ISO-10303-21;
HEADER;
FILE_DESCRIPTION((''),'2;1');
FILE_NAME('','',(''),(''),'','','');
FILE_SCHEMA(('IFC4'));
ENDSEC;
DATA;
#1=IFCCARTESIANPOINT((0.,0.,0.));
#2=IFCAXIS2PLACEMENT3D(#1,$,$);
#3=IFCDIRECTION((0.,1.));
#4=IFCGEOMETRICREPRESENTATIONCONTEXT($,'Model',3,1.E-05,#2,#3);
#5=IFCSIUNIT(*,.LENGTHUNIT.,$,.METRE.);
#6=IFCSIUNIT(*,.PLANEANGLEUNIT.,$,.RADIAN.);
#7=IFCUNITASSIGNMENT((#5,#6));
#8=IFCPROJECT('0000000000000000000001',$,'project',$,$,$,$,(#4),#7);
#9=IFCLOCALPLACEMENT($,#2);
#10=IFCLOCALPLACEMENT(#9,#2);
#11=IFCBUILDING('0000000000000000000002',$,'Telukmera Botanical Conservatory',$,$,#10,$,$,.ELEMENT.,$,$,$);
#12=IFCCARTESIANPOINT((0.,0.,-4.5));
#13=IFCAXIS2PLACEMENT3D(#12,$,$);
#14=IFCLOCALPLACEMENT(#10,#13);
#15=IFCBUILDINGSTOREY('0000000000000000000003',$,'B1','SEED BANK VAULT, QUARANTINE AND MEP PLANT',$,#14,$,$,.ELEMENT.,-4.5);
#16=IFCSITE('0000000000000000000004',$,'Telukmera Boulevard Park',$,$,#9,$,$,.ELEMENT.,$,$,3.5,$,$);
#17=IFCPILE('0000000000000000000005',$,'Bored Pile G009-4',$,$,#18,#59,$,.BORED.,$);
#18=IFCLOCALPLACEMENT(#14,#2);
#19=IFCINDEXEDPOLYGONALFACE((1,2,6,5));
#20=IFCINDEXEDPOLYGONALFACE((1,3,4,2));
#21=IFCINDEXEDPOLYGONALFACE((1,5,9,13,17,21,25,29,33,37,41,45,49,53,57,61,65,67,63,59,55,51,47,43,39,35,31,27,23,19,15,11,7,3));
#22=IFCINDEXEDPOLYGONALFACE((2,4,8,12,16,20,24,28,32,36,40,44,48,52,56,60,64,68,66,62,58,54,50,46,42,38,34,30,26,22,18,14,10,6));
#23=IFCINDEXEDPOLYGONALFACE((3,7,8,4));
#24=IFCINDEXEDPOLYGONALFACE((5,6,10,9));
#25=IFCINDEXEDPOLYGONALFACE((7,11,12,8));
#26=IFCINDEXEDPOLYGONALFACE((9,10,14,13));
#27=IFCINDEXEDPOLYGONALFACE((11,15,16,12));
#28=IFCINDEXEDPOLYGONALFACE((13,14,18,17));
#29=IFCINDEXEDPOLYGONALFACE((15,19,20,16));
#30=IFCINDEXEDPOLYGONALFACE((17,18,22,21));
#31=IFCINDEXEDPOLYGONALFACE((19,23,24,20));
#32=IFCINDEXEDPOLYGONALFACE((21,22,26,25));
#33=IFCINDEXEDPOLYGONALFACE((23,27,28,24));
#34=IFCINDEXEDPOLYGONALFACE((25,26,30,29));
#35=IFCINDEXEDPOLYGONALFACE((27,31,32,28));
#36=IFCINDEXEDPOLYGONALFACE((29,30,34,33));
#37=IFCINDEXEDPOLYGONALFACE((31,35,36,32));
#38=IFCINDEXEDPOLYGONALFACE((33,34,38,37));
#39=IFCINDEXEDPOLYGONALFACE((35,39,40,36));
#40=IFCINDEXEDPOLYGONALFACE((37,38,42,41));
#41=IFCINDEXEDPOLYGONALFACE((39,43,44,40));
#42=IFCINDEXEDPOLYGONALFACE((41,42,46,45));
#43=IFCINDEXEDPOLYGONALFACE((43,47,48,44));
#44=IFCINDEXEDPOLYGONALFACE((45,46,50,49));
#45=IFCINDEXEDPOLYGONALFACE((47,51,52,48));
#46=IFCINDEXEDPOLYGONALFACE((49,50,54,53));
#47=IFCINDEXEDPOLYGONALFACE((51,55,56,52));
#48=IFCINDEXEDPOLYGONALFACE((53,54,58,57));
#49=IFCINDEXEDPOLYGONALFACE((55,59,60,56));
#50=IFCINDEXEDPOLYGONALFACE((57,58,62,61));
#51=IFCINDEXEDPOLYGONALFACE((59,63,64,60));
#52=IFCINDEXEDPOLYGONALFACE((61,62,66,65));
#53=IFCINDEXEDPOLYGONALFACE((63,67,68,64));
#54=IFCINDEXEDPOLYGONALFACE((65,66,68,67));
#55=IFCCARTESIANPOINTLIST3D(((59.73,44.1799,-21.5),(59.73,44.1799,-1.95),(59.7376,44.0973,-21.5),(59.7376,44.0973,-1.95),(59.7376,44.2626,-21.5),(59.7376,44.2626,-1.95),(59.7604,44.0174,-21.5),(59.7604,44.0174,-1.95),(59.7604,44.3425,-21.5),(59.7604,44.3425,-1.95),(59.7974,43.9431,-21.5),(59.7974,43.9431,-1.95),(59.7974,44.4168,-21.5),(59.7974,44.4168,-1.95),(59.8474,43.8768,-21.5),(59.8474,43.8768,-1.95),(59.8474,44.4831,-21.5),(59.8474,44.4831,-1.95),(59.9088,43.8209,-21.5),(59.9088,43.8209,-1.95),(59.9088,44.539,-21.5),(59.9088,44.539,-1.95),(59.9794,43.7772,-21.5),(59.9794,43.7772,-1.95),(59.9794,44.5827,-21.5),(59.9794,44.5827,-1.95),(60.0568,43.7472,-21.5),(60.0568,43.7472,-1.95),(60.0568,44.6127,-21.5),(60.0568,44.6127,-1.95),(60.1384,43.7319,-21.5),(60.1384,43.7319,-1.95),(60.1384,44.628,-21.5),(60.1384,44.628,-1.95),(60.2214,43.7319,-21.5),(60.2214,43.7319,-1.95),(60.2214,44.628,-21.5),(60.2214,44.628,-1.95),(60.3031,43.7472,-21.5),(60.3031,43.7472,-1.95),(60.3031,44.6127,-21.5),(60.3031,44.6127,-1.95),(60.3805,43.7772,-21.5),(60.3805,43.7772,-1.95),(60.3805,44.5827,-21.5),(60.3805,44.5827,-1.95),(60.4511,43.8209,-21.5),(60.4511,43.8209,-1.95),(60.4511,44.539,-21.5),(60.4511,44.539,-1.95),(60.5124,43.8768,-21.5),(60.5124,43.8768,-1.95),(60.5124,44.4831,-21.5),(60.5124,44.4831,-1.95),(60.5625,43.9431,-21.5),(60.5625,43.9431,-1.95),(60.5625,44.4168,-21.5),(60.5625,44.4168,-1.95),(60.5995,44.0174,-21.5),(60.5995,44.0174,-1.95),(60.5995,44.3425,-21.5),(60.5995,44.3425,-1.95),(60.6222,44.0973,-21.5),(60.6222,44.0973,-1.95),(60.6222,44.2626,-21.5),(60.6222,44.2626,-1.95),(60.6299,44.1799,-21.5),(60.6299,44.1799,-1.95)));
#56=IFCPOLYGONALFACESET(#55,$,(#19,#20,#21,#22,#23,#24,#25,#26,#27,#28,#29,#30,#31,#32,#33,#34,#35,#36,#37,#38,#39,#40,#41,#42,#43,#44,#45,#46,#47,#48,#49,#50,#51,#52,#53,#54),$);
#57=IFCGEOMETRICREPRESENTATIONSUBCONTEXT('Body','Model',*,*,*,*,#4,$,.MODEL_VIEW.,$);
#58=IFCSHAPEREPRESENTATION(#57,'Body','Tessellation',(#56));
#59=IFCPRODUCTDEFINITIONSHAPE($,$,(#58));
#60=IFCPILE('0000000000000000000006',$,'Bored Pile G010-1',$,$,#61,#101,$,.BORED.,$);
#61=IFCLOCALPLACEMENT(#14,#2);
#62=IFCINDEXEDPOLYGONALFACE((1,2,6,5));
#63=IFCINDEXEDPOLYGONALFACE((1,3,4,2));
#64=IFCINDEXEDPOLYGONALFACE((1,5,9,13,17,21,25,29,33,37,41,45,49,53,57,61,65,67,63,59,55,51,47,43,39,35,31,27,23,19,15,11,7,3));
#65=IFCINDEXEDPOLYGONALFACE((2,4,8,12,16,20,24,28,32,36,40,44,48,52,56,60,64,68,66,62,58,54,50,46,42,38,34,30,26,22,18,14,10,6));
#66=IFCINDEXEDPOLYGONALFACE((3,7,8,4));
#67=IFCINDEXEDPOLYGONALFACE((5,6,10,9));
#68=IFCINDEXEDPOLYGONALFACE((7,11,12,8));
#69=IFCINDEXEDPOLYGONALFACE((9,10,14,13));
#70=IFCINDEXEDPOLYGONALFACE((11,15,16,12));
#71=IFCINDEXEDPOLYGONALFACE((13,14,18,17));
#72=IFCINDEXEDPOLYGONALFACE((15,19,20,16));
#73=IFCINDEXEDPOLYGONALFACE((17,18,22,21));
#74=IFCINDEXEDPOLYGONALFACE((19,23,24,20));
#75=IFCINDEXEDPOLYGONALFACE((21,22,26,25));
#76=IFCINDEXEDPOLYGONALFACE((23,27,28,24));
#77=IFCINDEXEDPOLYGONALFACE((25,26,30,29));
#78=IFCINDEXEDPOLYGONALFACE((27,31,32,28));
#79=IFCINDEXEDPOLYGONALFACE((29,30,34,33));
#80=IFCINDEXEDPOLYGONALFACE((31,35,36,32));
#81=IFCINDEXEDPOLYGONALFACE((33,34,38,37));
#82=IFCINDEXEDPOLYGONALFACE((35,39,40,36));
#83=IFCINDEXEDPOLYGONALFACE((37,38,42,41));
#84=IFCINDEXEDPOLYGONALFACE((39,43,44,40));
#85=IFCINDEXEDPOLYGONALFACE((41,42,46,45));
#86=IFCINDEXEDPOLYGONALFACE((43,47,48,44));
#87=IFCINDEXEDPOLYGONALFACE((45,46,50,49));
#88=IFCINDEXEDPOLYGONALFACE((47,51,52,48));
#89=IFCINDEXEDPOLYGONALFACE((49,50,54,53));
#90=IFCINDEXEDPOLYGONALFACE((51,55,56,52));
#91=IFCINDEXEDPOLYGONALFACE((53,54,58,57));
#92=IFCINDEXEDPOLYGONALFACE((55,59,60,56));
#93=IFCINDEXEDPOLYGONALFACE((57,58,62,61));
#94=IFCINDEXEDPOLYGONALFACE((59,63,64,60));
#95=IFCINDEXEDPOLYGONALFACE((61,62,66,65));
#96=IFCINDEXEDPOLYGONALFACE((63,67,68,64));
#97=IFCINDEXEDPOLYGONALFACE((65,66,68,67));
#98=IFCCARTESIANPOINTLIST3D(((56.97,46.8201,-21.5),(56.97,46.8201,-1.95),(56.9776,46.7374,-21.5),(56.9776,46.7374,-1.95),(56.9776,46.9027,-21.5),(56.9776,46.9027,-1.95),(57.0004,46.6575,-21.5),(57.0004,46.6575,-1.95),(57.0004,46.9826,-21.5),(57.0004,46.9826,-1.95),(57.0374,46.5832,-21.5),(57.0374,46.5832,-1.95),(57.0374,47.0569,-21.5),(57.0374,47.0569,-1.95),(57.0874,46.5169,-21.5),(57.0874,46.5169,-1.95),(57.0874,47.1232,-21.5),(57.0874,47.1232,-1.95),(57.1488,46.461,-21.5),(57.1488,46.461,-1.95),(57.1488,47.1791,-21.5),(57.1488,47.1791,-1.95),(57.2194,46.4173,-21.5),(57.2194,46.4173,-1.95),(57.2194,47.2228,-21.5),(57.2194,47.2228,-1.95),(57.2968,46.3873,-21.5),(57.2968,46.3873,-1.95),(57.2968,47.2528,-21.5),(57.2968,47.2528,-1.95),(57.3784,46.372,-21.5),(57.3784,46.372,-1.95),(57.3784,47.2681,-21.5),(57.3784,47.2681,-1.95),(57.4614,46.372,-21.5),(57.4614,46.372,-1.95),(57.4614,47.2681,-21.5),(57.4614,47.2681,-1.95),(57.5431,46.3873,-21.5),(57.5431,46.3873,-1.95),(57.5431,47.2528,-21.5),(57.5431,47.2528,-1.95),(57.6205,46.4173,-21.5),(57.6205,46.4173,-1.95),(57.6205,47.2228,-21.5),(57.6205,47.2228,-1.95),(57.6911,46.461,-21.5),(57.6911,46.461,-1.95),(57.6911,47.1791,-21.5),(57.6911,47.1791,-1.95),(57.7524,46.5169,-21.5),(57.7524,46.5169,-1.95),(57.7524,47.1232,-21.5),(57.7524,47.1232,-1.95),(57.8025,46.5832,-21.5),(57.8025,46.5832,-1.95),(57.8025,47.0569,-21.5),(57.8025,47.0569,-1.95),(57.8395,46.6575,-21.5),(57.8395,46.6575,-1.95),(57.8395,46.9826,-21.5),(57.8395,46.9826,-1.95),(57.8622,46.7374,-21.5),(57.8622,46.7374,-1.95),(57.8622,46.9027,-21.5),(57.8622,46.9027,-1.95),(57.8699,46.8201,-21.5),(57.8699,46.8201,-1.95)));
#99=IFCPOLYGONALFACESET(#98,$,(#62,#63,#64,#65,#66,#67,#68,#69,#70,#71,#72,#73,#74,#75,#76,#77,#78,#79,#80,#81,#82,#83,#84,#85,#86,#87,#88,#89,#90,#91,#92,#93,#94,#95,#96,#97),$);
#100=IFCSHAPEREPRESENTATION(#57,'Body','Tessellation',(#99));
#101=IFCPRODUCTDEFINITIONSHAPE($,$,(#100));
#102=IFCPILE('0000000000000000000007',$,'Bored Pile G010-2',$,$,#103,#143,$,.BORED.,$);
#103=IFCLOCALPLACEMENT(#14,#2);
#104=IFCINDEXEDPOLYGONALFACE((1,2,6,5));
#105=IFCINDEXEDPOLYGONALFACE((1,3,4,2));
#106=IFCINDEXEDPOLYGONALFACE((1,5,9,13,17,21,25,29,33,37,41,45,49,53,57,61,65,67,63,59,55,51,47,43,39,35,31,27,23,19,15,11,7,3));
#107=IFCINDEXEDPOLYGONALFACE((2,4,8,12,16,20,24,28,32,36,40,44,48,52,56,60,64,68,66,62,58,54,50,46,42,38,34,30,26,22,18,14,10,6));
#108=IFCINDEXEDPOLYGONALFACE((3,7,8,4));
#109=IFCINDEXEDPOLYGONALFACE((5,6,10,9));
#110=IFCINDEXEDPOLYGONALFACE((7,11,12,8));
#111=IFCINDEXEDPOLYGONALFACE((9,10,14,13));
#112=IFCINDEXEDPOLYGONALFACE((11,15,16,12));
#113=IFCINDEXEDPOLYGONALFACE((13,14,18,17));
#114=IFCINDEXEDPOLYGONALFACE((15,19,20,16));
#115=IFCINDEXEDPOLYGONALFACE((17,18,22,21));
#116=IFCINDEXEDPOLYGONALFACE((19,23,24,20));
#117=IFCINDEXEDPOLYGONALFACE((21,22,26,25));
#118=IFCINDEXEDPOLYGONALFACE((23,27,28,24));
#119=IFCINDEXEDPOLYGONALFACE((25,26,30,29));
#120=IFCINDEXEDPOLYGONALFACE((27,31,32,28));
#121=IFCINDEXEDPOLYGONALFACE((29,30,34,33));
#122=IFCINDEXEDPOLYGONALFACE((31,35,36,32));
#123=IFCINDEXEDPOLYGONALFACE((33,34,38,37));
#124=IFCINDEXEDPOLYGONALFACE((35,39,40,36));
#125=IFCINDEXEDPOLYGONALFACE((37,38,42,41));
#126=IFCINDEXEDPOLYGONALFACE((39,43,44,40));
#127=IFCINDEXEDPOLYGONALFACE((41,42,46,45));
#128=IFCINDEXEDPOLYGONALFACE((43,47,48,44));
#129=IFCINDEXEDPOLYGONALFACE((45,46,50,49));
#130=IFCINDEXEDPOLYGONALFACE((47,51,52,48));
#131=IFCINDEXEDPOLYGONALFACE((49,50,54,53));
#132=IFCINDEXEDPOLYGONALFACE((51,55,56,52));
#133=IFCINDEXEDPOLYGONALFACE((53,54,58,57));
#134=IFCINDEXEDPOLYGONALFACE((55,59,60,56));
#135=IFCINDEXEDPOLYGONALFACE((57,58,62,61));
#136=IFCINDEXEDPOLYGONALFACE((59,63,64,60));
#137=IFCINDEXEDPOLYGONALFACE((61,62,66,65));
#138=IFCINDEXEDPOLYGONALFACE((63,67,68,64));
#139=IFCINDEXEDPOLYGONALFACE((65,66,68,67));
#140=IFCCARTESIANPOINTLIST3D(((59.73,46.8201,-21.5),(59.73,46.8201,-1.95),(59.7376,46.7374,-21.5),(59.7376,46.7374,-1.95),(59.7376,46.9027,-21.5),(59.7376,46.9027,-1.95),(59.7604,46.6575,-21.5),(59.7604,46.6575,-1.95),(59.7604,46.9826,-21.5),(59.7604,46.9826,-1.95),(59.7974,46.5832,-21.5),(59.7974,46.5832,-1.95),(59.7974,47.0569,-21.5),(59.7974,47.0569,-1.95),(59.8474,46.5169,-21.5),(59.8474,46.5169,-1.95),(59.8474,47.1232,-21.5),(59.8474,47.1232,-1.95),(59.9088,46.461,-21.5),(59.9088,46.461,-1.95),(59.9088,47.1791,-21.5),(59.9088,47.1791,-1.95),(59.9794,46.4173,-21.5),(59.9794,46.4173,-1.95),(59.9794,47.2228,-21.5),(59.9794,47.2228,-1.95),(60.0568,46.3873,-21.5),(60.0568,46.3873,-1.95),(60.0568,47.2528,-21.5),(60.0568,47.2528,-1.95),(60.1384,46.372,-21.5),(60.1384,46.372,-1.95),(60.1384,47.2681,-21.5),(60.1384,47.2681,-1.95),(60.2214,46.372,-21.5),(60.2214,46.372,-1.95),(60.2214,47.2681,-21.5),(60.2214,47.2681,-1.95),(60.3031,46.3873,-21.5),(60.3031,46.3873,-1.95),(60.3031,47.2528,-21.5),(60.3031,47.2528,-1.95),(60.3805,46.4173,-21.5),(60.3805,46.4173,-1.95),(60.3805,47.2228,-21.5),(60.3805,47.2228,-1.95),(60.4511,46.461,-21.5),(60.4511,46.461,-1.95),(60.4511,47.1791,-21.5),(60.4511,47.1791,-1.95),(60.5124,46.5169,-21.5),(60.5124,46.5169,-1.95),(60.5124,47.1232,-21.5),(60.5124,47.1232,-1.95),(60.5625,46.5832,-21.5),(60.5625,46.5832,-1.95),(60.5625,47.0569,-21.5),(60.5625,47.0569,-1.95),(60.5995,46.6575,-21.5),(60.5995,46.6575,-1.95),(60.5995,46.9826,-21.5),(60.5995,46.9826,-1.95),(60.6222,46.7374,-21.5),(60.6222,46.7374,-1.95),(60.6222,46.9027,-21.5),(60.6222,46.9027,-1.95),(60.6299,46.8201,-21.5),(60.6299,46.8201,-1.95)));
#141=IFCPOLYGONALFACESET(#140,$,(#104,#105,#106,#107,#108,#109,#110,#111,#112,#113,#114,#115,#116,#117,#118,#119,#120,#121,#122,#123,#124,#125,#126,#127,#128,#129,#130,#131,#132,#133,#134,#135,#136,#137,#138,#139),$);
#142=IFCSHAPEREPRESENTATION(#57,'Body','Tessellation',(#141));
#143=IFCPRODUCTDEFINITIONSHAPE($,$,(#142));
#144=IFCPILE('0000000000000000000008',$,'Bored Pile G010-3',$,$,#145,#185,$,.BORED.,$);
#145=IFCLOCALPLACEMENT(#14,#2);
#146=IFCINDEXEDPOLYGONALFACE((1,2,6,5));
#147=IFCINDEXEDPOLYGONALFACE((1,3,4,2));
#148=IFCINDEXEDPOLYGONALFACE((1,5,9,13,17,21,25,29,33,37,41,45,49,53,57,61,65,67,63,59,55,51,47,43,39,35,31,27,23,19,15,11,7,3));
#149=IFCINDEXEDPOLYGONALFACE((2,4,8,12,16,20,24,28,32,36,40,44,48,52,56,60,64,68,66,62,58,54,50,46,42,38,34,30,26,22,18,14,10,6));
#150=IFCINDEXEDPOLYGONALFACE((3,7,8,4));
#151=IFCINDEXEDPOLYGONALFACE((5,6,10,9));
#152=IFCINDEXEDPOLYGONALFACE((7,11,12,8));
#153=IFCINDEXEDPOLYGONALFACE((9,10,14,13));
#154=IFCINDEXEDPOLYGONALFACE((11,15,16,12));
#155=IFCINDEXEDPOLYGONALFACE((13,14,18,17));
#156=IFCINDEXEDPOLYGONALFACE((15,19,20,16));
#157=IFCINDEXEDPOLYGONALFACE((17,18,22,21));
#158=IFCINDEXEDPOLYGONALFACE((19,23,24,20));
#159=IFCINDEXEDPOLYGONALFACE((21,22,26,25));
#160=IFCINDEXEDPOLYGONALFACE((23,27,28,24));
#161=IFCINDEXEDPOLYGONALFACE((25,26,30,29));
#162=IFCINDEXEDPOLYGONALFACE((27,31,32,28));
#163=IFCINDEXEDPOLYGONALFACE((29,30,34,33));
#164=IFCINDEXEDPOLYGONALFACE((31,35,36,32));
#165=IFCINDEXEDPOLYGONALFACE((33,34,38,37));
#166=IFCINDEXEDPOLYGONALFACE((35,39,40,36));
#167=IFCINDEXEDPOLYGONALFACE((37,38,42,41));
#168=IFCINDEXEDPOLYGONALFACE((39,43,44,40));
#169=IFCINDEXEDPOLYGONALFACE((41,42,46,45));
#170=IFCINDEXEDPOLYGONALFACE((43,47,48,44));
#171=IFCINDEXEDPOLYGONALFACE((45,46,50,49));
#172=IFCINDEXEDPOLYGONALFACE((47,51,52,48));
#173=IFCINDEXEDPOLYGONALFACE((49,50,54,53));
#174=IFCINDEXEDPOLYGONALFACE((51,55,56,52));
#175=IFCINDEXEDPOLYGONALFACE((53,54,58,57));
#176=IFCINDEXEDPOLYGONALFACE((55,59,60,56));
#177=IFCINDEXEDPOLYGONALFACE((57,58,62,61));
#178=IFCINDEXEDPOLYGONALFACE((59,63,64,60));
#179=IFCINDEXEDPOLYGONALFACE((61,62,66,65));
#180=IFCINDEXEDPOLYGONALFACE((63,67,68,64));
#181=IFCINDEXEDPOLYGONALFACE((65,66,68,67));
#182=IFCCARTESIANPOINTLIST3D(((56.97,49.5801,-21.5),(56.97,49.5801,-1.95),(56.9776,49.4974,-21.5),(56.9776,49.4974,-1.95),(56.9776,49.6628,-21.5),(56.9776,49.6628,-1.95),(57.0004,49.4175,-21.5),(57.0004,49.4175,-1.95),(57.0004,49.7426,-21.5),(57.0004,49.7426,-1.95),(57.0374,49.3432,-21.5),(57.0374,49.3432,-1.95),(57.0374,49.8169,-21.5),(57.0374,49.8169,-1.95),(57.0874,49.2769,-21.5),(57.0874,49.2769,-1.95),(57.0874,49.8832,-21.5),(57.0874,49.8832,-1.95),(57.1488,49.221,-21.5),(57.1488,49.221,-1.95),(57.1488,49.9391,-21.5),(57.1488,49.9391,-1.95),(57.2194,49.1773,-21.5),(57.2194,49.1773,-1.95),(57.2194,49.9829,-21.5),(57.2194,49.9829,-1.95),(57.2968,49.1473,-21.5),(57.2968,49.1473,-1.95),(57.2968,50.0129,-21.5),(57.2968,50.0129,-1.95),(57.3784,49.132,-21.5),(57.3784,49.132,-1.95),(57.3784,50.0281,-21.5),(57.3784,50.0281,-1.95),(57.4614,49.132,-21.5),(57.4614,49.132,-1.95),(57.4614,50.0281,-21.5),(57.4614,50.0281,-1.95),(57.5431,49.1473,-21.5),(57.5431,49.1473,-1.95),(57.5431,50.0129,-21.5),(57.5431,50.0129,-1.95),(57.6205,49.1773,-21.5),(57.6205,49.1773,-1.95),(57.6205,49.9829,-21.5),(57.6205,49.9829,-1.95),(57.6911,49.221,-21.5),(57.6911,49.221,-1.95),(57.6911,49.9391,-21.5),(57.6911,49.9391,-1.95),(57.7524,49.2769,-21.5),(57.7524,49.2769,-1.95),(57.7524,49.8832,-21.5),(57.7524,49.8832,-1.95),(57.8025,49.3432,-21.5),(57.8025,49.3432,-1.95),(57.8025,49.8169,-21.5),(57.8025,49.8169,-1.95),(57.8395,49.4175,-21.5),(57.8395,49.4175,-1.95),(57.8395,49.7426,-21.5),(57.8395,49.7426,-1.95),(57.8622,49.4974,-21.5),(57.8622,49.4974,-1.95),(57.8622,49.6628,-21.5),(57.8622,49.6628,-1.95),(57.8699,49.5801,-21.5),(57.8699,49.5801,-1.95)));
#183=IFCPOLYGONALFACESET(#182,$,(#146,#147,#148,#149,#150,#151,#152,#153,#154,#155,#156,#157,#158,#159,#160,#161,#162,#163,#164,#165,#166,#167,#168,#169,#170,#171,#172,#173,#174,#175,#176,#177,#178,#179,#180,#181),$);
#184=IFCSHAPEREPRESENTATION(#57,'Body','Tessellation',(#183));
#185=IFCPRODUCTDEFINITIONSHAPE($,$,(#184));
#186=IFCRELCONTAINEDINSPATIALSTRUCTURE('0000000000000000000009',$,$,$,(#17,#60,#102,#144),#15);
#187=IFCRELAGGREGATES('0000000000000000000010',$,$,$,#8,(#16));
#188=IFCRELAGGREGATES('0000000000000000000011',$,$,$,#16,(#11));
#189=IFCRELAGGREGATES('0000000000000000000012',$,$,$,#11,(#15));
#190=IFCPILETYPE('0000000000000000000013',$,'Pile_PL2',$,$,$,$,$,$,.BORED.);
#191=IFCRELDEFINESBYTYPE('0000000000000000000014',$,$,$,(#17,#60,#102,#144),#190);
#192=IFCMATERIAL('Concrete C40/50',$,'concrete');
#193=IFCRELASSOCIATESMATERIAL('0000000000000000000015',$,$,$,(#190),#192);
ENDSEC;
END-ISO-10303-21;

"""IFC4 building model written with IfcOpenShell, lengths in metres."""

from ifc_helpers import new_model, si_unit, direction, frame, origin, origin_2d, place, context, subcontext, project, spatial, circle, extrude, material, material_profile, profile_set, type_object, element, save


model = new_model("IFC4")

# Units and contexts
model_context = context("Model", 3, precision=1e-05, world=origin(), true_north=direction((0.0, 1.0)))
body_context = subcontext(model_context, "Body", "Model", "MODEL_VIEW")
ifc_project = project(units=[si_unit("LENGTHUNIT", "METRE"), si_unit("PLANEANGLEUNIT", "RADIAN")], contexts=[model_context])

# Site, building, storey
site_placement = place(None, origin())
site = spatial("IfcSite", under=ifc_project, at=site_placement, Name="Telukmera Boulevard Park", CompositionType="ELEMENT", RefElevation=3.5)
building_placement = place(site_placement, origin())
building = spatial("IfcBuilding", under=site, at=building_placement, Name="Telukmera Botanical Conservatory", CompositionType="ELEMENT")
storey_placement = place(building_placement, frame((0.0, 0.0, -4.5)))
storey = spatial("IfcBuildingStorey", under=building, at=storey_placement, Name="B1", Description="SEED BANK VAULT, QUARANTINE AND MEP PLANT", CompositionType="ELEMENT", Elevation=-4.5)

# Shared definitions
ifc_material_1 = material(Name="Concrete C40/50", Category="concrete")

# Piles
ifc_material_profile_1 = material_profile(ifc_material_1, circle(Radius=0.45, at=origin_2d()), Name="PILE D900")
ifc_profile_set_1 = profile_set([ifc_material_profile_1], Name="Concrete C40/50")
pile_type = type_object("IfcPileType", Name="Pile_PL2", PredefinedType="BORED", material=ifc_profile_set_1)
for number, where, z_axis, x_axis, name in (
    (1, (60.1799, 44.1799, -1.95), (0.0, 0.0, -1.0), (1.0, 0.0, 0.0), "Bored Pile G009-4"),
    (2, (57.4199, 46.8201, -1.95), (0.0, 0.0, -1.0), (1.0, 0.0, 0.0), "Bored Pile G010-1"),
    (3, (60.1799, 46.8201, -1.95), (0.0, 0.0, -1.0), (1.0, 0.0, 0.0), "Bored Pile G010-2"),
    (4, (57.4199, 49.5801, -1.95), (0.0, 0.0, -1.0), (1.0, 0.0, 0.0), "Bored Pile G010-3"),
):
    element("IfcPile", number, at=place(storey_placement, frame(where, z_axis=z_axis, x_axis=x_axis)), inside=storey, type_object=pile_type, Name=name, PredefinedType="BORED", context=body_context, shape_type="SweptSolid", body=[
        extrude(circle(Radius=0.45, at=origin_2d()), origin(), (0.0, 0.0, 1.0), 19.55),
    ])

save(model, "model.ifc")
